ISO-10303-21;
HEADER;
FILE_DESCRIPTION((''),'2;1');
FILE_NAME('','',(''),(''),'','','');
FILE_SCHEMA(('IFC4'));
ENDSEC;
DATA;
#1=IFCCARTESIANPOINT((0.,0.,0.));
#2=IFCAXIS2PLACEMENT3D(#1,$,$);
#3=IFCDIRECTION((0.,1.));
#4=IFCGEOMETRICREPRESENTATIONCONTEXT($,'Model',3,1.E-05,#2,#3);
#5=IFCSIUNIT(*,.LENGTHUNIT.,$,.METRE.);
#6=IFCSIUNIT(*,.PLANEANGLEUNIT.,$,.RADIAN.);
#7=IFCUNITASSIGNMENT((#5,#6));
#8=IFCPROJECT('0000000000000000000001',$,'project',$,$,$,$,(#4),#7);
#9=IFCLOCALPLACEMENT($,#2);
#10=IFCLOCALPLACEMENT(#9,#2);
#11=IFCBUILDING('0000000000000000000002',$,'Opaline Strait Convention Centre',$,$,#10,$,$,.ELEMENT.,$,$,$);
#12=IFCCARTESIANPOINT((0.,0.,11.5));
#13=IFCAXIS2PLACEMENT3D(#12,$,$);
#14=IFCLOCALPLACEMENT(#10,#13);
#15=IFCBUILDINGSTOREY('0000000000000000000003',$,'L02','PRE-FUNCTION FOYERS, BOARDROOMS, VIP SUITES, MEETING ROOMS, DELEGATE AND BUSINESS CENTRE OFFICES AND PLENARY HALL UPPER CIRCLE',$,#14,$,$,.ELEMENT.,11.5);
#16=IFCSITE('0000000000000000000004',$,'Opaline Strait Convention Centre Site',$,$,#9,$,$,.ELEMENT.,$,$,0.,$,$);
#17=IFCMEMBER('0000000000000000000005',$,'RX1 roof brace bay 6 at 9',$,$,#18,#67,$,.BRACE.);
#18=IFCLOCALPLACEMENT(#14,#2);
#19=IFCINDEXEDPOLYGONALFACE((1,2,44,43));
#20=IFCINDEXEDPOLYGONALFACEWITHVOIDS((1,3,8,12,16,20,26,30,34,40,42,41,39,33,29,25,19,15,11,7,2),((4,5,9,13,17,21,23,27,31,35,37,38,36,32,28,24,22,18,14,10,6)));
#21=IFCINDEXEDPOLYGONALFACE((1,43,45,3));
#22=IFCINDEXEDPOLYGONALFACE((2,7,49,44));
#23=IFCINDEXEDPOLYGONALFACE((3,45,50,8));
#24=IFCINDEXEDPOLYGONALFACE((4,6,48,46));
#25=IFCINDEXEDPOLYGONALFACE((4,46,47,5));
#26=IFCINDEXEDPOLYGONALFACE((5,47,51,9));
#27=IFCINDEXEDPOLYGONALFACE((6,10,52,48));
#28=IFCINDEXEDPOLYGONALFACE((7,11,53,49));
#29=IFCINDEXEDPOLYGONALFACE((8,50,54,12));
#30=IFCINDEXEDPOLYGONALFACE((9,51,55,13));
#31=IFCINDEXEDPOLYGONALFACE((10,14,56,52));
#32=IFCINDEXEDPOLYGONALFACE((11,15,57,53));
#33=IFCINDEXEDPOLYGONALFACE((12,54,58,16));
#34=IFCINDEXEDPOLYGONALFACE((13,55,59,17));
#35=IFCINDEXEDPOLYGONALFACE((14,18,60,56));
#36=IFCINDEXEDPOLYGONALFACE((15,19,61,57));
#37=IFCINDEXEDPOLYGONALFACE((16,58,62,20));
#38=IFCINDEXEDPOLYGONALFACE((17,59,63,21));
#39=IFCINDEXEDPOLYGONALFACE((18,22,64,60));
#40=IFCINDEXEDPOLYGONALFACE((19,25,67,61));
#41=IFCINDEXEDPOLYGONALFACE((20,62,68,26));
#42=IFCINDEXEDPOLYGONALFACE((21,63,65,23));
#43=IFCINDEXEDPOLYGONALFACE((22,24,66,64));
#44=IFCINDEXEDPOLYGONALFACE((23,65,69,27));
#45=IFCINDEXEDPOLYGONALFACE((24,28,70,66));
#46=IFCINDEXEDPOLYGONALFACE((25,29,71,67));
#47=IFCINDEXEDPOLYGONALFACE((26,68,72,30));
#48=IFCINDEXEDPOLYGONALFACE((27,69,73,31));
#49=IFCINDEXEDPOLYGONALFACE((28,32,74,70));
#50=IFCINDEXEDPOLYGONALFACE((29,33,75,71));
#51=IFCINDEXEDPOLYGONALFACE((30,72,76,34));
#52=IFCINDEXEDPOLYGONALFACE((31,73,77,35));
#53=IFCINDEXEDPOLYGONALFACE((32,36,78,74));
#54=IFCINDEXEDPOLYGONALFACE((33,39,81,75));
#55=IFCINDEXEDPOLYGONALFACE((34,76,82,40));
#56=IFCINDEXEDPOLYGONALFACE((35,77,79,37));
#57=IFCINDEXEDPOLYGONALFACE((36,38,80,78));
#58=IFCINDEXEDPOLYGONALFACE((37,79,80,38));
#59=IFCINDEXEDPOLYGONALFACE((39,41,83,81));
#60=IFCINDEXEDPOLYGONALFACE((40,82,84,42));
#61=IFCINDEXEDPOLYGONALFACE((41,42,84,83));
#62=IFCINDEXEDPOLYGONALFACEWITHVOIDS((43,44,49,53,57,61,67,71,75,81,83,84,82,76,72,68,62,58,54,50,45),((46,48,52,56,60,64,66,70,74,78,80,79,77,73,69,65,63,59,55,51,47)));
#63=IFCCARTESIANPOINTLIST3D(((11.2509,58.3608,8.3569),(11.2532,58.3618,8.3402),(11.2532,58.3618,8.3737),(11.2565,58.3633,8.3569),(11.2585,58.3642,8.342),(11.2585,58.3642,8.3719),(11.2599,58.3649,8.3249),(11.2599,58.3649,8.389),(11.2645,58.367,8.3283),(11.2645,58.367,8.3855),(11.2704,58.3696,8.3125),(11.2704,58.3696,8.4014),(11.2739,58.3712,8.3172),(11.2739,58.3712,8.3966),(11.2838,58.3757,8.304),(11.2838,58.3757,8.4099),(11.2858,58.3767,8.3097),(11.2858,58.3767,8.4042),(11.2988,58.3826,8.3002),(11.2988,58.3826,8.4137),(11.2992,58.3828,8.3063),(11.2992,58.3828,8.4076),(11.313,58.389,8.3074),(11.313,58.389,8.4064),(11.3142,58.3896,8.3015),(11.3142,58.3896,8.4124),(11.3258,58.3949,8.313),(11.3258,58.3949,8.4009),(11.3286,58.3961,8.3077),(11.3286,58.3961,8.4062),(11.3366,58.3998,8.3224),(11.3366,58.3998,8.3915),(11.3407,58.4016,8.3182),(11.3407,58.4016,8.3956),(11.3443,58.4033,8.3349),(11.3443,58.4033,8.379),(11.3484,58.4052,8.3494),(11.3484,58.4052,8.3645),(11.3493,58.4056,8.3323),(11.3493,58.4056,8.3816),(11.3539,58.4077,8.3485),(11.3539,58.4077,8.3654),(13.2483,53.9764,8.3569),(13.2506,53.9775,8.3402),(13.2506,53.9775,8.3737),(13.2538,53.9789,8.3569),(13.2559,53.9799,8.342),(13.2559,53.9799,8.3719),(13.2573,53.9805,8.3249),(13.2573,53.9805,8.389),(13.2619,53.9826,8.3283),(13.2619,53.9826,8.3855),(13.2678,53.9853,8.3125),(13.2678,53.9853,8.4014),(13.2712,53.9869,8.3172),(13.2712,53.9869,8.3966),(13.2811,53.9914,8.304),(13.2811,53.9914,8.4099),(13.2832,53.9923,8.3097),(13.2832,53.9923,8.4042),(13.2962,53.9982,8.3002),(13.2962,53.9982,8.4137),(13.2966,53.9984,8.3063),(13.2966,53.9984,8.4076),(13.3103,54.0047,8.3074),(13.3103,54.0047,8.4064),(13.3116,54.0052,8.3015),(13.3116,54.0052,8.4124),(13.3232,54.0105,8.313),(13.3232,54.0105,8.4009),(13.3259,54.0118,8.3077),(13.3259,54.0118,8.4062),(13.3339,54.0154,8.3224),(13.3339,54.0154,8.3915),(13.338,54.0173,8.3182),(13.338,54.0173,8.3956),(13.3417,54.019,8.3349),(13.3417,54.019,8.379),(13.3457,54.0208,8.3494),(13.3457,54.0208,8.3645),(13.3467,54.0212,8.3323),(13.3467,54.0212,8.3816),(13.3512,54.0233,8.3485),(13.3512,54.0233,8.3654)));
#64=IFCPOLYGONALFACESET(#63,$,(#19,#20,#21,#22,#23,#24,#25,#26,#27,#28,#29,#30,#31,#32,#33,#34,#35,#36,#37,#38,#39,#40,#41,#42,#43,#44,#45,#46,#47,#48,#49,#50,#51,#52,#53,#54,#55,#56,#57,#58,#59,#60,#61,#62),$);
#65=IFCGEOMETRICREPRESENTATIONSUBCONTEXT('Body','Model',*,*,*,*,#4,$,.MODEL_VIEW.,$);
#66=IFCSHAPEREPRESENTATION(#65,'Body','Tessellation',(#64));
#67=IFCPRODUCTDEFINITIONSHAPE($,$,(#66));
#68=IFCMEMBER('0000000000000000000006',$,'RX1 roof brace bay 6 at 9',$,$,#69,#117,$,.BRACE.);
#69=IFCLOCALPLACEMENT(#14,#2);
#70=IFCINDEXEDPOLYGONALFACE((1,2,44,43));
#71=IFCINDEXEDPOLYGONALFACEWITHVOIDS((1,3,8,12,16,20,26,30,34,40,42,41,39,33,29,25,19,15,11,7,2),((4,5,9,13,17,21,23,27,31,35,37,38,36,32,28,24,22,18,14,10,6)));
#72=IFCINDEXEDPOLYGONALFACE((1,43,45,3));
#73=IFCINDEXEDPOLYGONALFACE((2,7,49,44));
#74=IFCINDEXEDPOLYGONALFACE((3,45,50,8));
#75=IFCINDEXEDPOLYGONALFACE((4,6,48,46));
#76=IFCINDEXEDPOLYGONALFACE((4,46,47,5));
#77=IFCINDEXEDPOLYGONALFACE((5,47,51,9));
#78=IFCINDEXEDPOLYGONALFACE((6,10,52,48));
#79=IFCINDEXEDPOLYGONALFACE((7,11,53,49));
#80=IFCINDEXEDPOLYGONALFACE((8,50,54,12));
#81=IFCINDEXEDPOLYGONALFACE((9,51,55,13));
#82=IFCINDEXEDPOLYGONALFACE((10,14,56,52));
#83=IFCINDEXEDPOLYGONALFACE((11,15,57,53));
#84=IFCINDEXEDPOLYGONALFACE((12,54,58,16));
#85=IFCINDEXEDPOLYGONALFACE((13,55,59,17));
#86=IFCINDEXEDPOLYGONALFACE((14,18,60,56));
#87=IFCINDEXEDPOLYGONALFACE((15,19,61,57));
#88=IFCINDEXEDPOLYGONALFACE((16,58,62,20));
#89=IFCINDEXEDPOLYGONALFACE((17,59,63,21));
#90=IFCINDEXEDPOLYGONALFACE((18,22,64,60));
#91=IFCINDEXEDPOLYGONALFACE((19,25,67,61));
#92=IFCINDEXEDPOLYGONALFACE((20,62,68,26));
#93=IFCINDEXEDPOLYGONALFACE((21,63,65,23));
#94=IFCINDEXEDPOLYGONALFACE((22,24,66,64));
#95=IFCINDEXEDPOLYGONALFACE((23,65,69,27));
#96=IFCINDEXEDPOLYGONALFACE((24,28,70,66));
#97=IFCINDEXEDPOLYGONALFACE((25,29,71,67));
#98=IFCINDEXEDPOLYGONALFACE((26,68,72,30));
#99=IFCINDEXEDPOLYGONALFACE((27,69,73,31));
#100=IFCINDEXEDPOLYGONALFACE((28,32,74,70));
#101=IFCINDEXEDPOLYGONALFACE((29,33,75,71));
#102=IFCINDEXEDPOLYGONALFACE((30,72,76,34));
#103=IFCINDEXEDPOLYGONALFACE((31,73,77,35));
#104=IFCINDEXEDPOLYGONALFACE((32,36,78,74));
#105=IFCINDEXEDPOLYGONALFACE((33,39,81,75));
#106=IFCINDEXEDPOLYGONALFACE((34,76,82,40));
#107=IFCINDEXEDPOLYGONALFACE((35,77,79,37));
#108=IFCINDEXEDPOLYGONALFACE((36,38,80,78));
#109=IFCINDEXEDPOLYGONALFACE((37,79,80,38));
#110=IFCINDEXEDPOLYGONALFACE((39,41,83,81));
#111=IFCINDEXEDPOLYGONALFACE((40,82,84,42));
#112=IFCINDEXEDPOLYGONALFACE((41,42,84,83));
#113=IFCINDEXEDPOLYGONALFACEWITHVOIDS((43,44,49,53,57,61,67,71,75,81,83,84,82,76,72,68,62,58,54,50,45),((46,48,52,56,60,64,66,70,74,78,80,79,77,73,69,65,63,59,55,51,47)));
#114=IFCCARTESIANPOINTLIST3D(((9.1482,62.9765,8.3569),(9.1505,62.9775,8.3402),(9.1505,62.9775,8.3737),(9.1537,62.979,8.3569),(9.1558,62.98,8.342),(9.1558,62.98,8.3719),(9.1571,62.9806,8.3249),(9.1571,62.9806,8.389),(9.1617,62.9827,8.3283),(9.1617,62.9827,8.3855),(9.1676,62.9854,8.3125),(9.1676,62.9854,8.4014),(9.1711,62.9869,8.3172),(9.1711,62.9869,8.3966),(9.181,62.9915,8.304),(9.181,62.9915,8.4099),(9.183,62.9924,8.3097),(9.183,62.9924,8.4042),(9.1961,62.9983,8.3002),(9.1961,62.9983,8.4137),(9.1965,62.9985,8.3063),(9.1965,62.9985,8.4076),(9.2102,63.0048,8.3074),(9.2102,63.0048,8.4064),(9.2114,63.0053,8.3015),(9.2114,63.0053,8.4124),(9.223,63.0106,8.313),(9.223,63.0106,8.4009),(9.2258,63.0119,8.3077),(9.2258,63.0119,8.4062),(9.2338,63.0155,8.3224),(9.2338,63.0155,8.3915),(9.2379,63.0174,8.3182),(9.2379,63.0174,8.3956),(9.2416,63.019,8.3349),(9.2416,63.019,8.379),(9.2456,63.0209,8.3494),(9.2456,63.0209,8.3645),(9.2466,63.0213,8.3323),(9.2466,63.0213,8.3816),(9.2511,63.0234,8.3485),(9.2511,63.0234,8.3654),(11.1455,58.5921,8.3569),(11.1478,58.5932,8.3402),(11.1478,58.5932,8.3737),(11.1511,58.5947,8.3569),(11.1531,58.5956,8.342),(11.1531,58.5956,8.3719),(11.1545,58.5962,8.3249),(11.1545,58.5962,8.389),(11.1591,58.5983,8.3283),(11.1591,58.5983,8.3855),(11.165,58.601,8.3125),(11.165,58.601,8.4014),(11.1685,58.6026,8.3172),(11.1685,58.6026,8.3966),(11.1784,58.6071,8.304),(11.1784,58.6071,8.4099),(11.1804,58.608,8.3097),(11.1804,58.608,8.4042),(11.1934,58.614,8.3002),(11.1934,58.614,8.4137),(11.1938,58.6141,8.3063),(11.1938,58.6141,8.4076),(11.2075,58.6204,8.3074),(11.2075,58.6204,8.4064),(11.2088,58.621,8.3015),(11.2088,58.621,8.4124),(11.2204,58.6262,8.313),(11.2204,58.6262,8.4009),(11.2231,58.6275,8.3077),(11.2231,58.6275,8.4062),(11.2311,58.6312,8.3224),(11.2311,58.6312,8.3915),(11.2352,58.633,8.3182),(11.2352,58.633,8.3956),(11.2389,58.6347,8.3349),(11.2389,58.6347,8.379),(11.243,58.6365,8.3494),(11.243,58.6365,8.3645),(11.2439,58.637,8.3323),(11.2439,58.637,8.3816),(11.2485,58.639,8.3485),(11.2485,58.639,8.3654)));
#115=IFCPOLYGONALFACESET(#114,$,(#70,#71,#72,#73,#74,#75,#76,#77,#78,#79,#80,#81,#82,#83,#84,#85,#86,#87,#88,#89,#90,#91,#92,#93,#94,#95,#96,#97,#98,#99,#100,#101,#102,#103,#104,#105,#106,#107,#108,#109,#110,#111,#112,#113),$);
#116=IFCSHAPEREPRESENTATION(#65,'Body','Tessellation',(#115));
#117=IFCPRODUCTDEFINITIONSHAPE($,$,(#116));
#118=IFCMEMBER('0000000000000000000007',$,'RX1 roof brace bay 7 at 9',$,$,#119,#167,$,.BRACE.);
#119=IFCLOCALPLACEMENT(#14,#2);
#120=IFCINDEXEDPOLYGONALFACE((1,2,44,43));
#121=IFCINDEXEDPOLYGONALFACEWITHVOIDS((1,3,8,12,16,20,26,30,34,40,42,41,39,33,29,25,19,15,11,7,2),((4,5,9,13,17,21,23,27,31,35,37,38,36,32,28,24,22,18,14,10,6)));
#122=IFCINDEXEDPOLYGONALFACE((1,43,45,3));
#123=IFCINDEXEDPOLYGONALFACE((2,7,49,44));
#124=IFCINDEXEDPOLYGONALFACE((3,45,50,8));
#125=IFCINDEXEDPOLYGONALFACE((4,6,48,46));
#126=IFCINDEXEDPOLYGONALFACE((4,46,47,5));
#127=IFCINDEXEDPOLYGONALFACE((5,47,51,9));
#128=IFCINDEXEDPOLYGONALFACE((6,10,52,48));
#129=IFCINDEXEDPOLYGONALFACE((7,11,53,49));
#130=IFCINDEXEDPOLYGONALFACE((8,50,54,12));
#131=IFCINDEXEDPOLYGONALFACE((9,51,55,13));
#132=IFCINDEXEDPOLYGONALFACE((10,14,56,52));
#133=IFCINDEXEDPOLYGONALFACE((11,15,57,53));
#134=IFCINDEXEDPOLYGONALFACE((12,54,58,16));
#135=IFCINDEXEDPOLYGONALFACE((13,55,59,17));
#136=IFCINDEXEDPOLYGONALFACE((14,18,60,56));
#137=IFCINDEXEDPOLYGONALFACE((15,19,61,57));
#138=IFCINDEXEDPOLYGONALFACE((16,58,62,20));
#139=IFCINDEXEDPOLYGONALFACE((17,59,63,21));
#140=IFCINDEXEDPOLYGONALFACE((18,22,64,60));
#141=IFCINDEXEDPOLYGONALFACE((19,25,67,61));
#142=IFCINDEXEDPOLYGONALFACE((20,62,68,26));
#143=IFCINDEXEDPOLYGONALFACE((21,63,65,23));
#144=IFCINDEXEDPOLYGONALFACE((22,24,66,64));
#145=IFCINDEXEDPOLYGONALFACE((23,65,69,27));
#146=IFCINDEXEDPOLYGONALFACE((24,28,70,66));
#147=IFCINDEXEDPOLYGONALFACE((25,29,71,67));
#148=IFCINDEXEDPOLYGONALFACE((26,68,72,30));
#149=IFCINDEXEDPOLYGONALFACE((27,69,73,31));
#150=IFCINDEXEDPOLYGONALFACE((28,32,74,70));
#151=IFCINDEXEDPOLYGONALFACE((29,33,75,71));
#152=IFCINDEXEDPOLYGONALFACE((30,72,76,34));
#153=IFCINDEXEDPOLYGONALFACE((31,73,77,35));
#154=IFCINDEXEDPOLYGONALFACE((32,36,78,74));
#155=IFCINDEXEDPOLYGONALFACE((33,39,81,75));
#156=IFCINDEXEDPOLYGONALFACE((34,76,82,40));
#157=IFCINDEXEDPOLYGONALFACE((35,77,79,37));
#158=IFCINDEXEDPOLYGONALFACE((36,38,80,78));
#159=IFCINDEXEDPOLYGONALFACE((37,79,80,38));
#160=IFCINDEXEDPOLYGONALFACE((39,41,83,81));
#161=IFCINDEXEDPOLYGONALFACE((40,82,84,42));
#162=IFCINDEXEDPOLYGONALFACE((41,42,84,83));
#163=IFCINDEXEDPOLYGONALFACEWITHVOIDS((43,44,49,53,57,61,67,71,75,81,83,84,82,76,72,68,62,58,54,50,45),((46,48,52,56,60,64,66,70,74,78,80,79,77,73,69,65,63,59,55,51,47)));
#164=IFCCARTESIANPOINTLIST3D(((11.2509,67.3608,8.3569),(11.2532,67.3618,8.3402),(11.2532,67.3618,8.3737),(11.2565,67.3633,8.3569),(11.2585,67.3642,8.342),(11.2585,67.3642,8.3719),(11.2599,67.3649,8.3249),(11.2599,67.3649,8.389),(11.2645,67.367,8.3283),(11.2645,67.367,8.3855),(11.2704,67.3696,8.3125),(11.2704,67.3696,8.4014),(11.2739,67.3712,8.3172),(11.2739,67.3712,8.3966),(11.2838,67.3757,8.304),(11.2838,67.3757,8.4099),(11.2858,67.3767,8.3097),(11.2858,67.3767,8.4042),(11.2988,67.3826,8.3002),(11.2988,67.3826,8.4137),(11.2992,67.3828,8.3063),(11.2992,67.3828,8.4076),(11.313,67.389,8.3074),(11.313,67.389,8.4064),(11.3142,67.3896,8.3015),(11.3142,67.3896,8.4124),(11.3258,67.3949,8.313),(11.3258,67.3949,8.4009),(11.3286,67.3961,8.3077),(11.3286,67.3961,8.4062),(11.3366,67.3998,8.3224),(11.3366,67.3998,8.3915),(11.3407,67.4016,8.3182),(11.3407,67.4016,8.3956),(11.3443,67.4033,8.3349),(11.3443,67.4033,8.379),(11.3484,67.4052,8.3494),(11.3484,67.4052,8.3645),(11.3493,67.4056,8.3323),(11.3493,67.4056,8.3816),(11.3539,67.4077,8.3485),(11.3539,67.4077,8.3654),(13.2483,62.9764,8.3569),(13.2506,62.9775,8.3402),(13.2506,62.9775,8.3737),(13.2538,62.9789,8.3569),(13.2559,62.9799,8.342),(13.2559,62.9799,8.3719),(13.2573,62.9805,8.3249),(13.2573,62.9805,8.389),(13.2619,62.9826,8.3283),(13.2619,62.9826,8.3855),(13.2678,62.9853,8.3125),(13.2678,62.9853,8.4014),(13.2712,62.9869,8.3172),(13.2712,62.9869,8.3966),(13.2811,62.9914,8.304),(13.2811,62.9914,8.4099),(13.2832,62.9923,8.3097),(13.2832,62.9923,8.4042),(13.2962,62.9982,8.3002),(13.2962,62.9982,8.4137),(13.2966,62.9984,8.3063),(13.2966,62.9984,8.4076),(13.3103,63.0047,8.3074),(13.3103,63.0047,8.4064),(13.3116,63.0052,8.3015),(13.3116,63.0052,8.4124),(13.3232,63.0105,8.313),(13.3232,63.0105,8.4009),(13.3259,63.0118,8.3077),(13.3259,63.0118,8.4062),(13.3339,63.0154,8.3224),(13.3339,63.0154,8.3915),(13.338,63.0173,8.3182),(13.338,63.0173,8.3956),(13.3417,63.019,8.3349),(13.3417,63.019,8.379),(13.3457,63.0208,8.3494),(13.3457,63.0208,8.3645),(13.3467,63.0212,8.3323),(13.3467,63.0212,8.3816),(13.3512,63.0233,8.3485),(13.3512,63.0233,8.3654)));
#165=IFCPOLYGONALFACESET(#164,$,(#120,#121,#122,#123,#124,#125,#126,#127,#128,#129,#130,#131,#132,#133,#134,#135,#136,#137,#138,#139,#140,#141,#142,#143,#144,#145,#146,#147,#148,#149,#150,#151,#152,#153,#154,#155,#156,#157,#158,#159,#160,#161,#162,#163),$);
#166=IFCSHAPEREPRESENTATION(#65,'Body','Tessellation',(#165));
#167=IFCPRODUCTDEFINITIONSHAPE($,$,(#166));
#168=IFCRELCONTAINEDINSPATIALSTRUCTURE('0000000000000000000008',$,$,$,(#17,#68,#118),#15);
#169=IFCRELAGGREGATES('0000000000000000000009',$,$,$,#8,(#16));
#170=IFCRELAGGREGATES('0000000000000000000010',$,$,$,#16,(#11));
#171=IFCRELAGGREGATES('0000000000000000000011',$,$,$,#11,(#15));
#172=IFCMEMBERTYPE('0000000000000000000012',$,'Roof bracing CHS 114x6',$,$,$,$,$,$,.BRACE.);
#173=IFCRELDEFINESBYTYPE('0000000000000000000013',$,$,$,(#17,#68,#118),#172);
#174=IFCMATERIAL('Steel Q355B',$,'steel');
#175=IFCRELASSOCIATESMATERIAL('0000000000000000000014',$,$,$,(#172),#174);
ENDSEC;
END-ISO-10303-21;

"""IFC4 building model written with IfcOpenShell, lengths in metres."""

from ifc_helpers import new_model, si_unit, direction, frame, origin, origin_2d, place, context, subcontext, project, spatial, hollow_circle, extrude, material, material_profile, profile_set, type_object, element, save


model = new_model("IFC4")

# Units and contexts
model_context = context("Model", 3, precision=1e-05, world=origin(), true_north=direction((0.0, 1.0)))
body_context = subcontext(model_context, "Body", "Model", "MODEL_VIEW")
ifc_project = project(units=[si_unit("LENGTHUNIT", "METRE"), si_unit("PLANEANGLEUNIT", "RADIAN")], contexts=[model_context])

# Site, building, storey
site_placement = place(None, origin())
site = spatial("IfcSite", under=ifc_project, at=site_placement, Name="Opaline Strait Convention Centre Site", CompositionType="ELEMENT", RefElevation=0.0)
building_placement = place(site_placement, origin())
building = spatial("IfcBuilding", under=site, at=building_placement, Name="Opaline Strait Convention Centre", CompositionType="ELEMENT")
storey_placement = place(building_placement, frame((0.0, 0.0, 11.5)))
storey = spatial("IfcBuildingStorey", under=building, at=storey_placement, Name="L02", Description="PRE-FUNCTION FOYERS, BOARDROOMS, VIP SUITES, MEETING ROOMS, DELEGATE AND BUSINESS CENTRE OFFICES AND PLENARY HALL UPPER CIRCLE", CompositionType="ELEMENT", Elevation=11.5)

# Members
ifc_material_1 = material(Name="Steel Q355B", Category="steel")
ifc_material_profile_1 = material_profile(ifc_material_1, hollow_circle(Radius=0.0569, WallThickness=0.0061, at=origin_2d()), Name="CHS 114x6")
ifc_profile_set_1 = profile_set([ifc_material_profile_1], Name="Steel Q355B")
member_type_1 = type_object("IfcMemberType", Name="Roof bracing CHS 114x6", PredefinedType="BRACE", material=ifc_profile_set_1)
for number, where, z_axis, x_axis, name in (
    (1, (13.3, 54.0, 8.3569), (-0.41457, 0.910017, 0.0), (-0.910017, -0.41457, 0.0), "RX1 roof brace bay 6 at 9"),
    (2, (11.1973, 58.6157, 8.3569), (-0.41457, 0.910017, 0.0), (-0.910017, -0.41457, 0.0), "RX1 roof brace bay 6 at 9"),
    (3, (13.3, 63.0, 8.3569), (-0.41457, 0.910017, 0.0), (-0.910017, -0.41457, 0.0), "RX1 roof brace bay 7 at 9"),
):
    element("IfcMember", number, at=place(storey_placement, frame(where, z_axis=z_axis, x_axis=x_axis)), inside=storey, type_object=member_type_1, Name=name, PredefinedType="BRACE", context=body_context, shape_type="SweptSolid", body=[
        extrude(hollow_circle(Radius=0.0569, WallThickness=0.0061, at=origin_2d()), origin(), (0.0, 0.0, 1.0), 4.8179),
    ])

save(model, "model.ifc")
